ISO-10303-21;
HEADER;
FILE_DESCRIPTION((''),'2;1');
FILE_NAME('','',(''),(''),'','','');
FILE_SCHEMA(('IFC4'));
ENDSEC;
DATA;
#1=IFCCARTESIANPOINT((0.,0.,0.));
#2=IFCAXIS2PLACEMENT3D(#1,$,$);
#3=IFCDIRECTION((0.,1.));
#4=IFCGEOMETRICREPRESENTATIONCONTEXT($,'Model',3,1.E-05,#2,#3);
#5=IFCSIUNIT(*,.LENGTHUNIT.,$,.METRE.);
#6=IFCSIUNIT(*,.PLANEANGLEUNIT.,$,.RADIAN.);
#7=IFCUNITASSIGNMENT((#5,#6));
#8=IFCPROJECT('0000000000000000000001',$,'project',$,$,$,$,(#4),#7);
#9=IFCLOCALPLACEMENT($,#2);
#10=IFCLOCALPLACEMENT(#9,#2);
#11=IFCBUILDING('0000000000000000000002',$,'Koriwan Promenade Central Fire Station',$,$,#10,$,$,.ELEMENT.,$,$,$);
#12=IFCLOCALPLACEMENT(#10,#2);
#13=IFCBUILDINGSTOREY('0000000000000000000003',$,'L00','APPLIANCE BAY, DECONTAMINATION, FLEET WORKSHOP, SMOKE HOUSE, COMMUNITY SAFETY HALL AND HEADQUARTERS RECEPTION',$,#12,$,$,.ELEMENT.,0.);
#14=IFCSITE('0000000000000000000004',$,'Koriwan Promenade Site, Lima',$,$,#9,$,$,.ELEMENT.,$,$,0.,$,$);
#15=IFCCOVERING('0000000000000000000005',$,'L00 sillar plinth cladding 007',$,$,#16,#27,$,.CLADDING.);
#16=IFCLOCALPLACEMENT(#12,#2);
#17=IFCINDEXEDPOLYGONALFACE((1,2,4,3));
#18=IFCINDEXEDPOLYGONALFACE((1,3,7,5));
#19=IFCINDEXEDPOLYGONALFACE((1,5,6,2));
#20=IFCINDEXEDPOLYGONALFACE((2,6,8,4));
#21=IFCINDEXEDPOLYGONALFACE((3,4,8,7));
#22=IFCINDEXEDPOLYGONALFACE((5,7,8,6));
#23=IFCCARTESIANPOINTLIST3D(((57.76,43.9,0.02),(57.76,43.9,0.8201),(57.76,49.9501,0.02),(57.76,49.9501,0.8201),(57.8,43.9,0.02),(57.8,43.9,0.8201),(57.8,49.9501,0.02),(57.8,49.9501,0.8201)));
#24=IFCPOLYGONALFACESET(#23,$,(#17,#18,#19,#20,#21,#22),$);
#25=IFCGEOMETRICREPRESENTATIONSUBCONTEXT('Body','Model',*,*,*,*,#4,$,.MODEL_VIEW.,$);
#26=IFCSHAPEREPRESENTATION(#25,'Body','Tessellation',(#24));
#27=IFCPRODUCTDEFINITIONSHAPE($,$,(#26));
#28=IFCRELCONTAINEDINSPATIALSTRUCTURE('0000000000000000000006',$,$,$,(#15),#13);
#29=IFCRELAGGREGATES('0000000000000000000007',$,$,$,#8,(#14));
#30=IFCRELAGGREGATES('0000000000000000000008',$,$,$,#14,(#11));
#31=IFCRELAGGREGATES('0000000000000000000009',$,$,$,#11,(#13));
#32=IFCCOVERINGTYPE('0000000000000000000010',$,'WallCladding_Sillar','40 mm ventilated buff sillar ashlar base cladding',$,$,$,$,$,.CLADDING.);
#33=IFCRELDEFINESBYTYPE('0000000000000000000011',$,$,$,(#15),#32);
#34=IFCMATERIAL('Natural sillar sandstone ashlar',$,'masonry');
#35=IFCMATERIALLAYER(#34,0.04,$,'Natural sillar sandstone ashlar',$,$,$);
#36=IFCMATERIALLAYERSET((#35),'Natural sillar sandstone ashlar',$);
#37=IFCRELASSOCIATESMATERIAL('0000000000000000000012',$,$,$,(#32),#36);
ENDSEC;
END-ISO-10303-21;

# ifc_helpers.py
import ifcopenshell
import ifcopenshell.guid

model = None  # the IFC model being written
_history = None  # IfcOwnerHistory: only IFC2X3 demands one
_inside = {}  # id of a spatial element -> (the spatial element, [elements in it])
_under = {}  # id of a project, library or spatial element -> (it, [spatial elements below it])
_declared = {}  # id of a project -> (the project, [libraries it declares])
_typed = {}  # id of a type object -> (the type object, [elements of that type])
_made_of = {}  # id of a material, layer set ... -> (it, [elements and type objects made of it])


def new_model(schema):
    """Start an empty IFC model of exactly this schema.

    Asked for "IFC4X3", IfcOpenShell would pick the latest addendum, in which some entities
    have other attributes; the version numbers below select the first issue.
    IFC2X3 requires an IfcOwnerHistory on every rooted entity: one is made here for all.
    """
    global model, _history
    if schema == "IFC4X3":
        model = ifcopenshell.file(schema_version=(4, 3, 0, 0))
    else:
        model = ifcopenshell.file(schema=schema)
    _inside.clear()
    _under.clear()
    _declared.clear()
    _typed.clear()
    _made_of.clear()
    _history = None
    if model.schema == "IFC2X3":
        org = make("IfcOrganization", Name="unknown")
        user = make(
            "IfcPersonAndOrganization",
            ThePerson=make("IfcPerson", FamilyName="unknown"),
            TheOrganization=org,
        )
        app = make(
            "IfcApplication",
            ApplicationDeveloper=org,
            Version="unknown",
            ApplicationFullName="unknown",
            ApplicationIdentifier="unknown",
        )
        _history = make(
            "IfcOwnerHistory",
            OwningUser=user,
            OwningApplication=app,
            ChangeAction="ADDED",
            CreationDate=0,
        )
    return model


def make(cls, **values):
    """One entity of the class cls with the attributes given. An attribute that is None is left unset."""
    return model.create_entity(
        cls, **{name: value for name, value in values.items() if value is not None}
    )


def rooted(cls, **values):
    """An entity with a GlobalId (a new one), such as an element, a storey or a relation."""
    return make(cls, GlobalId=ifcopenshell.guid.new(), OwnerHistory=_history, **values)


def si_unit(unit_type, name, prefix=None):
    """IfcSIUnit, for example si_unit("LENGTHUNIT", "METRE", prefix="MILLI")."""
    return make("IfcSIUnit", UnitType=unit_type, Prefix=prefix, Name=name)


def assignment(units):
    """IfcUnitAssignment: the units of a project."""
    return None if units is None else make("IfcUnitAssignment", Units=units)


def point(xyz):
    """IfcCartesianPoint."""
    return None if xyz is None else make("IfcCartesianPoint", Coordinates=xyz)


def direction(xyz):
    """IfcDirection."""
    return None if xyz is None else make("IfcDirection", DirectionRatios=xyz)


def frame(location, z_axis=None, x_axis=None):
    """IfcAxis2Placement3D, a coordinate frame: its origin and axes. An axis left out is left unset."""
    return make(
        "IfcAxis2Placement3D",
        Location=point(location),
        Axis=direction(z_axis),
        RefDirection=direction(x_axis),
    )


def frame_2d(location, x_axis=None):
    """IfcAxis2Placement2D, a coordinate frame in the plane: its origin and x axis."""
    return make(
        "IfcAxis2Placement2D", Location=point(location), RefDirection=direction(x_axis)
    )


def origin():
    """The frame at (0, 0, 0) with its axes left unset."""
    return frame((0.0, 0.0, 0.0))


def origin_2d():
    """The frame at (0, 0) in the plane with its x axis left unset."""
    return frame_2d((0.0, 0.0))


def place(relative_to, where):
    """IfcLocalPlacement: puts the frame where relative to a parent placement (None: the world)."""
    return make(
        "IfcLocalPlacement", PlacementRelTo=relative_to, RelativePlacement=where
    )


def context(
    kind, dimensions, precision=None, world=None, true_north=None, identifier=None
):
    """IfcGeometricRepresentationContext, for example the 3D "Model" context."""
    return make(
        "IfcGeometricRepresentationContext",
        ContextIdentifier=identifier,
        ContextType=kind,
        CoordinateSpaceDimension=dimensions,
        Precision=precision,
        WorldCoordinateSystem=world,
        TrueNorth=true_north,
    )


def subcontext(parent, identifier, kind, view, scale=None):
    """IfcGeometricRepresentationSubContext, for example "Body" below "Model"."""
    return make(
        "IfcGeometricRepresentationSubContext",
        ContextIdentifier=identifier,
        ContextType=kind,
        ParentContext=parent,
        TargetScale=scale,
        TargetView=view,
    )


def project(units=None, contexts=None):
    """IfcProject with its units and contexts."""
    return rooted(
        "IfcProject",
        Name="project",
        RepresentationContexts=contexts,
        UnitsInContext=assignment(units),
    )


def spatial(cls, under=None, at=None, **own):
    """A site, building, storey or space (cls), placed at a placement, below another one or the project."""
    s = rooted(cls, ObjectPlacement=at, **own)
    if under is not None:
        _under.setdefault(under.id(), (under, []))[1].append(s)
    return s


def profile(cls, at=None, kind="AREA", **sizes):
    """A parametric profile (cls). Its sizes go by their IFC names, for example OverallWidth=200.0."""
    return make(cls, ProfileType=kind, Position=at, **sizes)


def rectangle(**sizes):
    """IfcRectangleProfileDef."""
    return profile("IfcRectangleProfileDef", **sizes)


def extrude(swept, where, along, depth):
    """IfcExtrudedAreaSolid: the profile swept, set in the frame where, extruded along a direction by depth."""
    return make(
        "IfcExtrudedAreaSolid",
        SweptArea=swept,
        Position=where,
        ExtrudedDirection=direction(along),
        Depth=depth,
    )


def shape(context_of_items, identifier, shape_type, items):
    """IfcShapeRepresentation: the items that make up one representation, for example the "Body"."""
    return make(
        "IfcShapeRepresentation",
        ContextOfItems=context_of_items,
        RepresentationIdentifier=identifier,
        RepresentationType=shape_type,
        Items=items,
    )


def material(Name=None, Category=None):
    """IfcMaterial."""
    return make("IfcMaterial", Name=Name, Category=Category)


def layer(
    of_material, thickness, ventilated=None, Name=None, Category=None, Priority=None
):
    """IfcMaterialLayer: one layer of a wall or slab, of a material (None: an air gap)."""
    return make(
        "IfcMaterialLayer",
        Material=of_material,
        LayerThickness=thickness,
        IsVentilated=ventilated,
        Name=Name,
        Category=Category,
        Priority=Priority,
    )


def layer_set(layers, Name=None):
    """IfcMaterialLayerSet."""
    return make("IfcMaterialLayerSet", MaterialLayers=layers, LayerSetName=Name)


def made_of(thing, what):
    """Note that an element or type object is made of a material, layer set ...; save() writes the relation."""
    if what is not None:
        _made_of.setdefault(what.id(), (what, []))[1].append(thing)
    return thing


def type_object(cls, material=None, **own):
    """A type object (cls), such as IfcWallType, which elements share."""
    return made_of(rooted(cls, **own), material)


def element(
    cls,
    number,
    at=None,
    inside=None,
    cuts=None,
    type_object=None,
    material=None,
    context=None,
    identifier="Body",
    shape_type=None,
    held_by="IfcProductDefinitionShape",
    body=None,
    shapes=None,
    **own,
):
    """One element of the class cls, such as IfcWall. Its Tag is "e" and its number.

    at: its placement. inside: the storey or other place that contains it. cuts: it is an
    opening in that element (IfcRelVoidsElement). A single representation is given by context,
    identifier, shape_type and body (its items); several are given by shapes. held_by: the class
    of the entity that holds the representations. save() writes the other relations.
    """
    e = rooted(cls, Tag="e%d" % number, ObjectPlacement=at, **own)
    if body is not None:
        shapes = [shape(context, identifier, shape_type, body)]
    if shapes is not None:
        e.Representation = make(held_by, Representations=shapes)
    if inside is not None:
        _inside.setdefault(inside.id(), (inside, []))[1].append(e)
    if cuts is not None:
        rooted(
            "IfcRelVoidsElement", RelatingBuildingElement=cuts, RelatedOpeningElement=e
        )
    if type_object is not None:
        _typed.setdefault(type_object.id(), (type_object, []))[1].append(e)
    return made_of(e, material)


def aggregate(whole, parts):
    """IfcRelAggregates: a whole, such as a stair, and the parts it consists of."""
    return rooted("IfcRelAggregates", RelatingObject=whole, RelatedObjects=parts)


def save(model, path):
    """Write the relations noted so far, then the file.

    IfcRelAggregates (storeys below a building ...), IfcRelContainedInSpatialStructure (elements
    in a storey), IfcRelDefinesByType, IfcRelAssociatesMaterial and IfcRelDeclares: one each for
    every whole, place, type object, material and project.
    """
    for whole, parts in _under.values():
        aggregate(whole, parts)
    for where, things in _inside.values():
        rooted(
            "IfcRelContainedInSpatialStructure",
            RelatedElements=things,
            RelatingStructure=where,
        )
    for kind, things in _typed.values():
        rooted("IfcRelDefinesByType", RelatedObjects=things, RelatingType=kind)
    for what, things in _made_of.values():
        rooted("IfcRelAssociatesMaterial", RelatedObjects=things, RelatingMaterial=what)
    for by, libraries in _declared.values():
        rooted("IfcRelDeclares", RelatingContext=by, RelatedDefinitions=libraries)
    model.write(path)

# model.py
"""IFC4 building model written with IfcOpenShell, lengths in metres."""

from ifc_helpers import new_model, si_unit, direction, frame, origin, origin_2d, place, context, subcontext, project, spatial, rectangle, extrude, material, layer, layer_set, type_object, element, save


model = new_model("IFC4")

# Units and contexts
model_context = context("Model", 3, precision=1e-05, world=origin(), true_north=direction((0.0, 1.0)))
body_context = subcontext(model_context, "Body", "Model", "MODEL_VIEW")
ifc_project = project(units=[si_unit("LENGTHUNIT", "METRE"), si_unit("PLANEANGLEUNIT", "RADIAN")], contexts=[model_context])

# Site, building, storey
site_placement = place(None, origin())
site = spatial("IfcSite", under=ifc_project, at=site_placement, Name="Koriwan Promenade Site, Lima", CompositionType="ELEMENT", RefElevation=0.0)
building_placement = place(site_placement, origin())
building = spatial("IfcBuilding", under=site, at=building_placement, Name="Koriwan Promenade Central Fire Station", CompositionType="ELEMENT")
storey_placement = place(building_placement, origin())
storey = spatial("IfcBuildingStorey", under=building, at=storey_placement, Name="L00", Description="APPLIANCE BAY, DECONTAMINATION, FLEET WORKSHOP, SMOKE HOUSE, COMMUNITY SAFETY HALL AND HEADQUARTERS RECEPTION", CompositionType="ELEMENT", Elevation=0.0)

# Shared definitions
ifc_material_1 = material(Name="Natural sillar sandstone ashlar", Category="masonry")

# Covering
ifc_layer_1 = layer(ifc_material_1, 0.04, Name="Natural sillar sandstone ashlar")
ifc_layer_set_1 = layer_set([ifc_layer_1], Name="Natural sillar sandstone ashlar")
covering_type = type_object("IfcCoveringType", Name="WallCladding_Sillar", Description="40 mm ventilated buff sillar ashlar base cladding", PredefinedType="CLADDING", material=ifc_layer_set_1)
covering_placement = place(storey_placement, frame((57.78, 46.925, 0.02), z_axis=(0.0, 0.0, 1.0), x_axis=(0.0, -1.0, 0.0)))
element("IfcCovering", 1, at=covering_placement, inside=storey, type_object=covering_type, Name="L00 sillar plinth cladding 007", PredefinedType="CLADDING", context=body_context, shape_type="SweptSolid", body=[
    extrude(rectangle(XDim=6.05, YDim=0.04, at=origin_2d()), origin(), (0.0, 0.0, 1.0), 0.8),
])

save(model, "model.ifc")
